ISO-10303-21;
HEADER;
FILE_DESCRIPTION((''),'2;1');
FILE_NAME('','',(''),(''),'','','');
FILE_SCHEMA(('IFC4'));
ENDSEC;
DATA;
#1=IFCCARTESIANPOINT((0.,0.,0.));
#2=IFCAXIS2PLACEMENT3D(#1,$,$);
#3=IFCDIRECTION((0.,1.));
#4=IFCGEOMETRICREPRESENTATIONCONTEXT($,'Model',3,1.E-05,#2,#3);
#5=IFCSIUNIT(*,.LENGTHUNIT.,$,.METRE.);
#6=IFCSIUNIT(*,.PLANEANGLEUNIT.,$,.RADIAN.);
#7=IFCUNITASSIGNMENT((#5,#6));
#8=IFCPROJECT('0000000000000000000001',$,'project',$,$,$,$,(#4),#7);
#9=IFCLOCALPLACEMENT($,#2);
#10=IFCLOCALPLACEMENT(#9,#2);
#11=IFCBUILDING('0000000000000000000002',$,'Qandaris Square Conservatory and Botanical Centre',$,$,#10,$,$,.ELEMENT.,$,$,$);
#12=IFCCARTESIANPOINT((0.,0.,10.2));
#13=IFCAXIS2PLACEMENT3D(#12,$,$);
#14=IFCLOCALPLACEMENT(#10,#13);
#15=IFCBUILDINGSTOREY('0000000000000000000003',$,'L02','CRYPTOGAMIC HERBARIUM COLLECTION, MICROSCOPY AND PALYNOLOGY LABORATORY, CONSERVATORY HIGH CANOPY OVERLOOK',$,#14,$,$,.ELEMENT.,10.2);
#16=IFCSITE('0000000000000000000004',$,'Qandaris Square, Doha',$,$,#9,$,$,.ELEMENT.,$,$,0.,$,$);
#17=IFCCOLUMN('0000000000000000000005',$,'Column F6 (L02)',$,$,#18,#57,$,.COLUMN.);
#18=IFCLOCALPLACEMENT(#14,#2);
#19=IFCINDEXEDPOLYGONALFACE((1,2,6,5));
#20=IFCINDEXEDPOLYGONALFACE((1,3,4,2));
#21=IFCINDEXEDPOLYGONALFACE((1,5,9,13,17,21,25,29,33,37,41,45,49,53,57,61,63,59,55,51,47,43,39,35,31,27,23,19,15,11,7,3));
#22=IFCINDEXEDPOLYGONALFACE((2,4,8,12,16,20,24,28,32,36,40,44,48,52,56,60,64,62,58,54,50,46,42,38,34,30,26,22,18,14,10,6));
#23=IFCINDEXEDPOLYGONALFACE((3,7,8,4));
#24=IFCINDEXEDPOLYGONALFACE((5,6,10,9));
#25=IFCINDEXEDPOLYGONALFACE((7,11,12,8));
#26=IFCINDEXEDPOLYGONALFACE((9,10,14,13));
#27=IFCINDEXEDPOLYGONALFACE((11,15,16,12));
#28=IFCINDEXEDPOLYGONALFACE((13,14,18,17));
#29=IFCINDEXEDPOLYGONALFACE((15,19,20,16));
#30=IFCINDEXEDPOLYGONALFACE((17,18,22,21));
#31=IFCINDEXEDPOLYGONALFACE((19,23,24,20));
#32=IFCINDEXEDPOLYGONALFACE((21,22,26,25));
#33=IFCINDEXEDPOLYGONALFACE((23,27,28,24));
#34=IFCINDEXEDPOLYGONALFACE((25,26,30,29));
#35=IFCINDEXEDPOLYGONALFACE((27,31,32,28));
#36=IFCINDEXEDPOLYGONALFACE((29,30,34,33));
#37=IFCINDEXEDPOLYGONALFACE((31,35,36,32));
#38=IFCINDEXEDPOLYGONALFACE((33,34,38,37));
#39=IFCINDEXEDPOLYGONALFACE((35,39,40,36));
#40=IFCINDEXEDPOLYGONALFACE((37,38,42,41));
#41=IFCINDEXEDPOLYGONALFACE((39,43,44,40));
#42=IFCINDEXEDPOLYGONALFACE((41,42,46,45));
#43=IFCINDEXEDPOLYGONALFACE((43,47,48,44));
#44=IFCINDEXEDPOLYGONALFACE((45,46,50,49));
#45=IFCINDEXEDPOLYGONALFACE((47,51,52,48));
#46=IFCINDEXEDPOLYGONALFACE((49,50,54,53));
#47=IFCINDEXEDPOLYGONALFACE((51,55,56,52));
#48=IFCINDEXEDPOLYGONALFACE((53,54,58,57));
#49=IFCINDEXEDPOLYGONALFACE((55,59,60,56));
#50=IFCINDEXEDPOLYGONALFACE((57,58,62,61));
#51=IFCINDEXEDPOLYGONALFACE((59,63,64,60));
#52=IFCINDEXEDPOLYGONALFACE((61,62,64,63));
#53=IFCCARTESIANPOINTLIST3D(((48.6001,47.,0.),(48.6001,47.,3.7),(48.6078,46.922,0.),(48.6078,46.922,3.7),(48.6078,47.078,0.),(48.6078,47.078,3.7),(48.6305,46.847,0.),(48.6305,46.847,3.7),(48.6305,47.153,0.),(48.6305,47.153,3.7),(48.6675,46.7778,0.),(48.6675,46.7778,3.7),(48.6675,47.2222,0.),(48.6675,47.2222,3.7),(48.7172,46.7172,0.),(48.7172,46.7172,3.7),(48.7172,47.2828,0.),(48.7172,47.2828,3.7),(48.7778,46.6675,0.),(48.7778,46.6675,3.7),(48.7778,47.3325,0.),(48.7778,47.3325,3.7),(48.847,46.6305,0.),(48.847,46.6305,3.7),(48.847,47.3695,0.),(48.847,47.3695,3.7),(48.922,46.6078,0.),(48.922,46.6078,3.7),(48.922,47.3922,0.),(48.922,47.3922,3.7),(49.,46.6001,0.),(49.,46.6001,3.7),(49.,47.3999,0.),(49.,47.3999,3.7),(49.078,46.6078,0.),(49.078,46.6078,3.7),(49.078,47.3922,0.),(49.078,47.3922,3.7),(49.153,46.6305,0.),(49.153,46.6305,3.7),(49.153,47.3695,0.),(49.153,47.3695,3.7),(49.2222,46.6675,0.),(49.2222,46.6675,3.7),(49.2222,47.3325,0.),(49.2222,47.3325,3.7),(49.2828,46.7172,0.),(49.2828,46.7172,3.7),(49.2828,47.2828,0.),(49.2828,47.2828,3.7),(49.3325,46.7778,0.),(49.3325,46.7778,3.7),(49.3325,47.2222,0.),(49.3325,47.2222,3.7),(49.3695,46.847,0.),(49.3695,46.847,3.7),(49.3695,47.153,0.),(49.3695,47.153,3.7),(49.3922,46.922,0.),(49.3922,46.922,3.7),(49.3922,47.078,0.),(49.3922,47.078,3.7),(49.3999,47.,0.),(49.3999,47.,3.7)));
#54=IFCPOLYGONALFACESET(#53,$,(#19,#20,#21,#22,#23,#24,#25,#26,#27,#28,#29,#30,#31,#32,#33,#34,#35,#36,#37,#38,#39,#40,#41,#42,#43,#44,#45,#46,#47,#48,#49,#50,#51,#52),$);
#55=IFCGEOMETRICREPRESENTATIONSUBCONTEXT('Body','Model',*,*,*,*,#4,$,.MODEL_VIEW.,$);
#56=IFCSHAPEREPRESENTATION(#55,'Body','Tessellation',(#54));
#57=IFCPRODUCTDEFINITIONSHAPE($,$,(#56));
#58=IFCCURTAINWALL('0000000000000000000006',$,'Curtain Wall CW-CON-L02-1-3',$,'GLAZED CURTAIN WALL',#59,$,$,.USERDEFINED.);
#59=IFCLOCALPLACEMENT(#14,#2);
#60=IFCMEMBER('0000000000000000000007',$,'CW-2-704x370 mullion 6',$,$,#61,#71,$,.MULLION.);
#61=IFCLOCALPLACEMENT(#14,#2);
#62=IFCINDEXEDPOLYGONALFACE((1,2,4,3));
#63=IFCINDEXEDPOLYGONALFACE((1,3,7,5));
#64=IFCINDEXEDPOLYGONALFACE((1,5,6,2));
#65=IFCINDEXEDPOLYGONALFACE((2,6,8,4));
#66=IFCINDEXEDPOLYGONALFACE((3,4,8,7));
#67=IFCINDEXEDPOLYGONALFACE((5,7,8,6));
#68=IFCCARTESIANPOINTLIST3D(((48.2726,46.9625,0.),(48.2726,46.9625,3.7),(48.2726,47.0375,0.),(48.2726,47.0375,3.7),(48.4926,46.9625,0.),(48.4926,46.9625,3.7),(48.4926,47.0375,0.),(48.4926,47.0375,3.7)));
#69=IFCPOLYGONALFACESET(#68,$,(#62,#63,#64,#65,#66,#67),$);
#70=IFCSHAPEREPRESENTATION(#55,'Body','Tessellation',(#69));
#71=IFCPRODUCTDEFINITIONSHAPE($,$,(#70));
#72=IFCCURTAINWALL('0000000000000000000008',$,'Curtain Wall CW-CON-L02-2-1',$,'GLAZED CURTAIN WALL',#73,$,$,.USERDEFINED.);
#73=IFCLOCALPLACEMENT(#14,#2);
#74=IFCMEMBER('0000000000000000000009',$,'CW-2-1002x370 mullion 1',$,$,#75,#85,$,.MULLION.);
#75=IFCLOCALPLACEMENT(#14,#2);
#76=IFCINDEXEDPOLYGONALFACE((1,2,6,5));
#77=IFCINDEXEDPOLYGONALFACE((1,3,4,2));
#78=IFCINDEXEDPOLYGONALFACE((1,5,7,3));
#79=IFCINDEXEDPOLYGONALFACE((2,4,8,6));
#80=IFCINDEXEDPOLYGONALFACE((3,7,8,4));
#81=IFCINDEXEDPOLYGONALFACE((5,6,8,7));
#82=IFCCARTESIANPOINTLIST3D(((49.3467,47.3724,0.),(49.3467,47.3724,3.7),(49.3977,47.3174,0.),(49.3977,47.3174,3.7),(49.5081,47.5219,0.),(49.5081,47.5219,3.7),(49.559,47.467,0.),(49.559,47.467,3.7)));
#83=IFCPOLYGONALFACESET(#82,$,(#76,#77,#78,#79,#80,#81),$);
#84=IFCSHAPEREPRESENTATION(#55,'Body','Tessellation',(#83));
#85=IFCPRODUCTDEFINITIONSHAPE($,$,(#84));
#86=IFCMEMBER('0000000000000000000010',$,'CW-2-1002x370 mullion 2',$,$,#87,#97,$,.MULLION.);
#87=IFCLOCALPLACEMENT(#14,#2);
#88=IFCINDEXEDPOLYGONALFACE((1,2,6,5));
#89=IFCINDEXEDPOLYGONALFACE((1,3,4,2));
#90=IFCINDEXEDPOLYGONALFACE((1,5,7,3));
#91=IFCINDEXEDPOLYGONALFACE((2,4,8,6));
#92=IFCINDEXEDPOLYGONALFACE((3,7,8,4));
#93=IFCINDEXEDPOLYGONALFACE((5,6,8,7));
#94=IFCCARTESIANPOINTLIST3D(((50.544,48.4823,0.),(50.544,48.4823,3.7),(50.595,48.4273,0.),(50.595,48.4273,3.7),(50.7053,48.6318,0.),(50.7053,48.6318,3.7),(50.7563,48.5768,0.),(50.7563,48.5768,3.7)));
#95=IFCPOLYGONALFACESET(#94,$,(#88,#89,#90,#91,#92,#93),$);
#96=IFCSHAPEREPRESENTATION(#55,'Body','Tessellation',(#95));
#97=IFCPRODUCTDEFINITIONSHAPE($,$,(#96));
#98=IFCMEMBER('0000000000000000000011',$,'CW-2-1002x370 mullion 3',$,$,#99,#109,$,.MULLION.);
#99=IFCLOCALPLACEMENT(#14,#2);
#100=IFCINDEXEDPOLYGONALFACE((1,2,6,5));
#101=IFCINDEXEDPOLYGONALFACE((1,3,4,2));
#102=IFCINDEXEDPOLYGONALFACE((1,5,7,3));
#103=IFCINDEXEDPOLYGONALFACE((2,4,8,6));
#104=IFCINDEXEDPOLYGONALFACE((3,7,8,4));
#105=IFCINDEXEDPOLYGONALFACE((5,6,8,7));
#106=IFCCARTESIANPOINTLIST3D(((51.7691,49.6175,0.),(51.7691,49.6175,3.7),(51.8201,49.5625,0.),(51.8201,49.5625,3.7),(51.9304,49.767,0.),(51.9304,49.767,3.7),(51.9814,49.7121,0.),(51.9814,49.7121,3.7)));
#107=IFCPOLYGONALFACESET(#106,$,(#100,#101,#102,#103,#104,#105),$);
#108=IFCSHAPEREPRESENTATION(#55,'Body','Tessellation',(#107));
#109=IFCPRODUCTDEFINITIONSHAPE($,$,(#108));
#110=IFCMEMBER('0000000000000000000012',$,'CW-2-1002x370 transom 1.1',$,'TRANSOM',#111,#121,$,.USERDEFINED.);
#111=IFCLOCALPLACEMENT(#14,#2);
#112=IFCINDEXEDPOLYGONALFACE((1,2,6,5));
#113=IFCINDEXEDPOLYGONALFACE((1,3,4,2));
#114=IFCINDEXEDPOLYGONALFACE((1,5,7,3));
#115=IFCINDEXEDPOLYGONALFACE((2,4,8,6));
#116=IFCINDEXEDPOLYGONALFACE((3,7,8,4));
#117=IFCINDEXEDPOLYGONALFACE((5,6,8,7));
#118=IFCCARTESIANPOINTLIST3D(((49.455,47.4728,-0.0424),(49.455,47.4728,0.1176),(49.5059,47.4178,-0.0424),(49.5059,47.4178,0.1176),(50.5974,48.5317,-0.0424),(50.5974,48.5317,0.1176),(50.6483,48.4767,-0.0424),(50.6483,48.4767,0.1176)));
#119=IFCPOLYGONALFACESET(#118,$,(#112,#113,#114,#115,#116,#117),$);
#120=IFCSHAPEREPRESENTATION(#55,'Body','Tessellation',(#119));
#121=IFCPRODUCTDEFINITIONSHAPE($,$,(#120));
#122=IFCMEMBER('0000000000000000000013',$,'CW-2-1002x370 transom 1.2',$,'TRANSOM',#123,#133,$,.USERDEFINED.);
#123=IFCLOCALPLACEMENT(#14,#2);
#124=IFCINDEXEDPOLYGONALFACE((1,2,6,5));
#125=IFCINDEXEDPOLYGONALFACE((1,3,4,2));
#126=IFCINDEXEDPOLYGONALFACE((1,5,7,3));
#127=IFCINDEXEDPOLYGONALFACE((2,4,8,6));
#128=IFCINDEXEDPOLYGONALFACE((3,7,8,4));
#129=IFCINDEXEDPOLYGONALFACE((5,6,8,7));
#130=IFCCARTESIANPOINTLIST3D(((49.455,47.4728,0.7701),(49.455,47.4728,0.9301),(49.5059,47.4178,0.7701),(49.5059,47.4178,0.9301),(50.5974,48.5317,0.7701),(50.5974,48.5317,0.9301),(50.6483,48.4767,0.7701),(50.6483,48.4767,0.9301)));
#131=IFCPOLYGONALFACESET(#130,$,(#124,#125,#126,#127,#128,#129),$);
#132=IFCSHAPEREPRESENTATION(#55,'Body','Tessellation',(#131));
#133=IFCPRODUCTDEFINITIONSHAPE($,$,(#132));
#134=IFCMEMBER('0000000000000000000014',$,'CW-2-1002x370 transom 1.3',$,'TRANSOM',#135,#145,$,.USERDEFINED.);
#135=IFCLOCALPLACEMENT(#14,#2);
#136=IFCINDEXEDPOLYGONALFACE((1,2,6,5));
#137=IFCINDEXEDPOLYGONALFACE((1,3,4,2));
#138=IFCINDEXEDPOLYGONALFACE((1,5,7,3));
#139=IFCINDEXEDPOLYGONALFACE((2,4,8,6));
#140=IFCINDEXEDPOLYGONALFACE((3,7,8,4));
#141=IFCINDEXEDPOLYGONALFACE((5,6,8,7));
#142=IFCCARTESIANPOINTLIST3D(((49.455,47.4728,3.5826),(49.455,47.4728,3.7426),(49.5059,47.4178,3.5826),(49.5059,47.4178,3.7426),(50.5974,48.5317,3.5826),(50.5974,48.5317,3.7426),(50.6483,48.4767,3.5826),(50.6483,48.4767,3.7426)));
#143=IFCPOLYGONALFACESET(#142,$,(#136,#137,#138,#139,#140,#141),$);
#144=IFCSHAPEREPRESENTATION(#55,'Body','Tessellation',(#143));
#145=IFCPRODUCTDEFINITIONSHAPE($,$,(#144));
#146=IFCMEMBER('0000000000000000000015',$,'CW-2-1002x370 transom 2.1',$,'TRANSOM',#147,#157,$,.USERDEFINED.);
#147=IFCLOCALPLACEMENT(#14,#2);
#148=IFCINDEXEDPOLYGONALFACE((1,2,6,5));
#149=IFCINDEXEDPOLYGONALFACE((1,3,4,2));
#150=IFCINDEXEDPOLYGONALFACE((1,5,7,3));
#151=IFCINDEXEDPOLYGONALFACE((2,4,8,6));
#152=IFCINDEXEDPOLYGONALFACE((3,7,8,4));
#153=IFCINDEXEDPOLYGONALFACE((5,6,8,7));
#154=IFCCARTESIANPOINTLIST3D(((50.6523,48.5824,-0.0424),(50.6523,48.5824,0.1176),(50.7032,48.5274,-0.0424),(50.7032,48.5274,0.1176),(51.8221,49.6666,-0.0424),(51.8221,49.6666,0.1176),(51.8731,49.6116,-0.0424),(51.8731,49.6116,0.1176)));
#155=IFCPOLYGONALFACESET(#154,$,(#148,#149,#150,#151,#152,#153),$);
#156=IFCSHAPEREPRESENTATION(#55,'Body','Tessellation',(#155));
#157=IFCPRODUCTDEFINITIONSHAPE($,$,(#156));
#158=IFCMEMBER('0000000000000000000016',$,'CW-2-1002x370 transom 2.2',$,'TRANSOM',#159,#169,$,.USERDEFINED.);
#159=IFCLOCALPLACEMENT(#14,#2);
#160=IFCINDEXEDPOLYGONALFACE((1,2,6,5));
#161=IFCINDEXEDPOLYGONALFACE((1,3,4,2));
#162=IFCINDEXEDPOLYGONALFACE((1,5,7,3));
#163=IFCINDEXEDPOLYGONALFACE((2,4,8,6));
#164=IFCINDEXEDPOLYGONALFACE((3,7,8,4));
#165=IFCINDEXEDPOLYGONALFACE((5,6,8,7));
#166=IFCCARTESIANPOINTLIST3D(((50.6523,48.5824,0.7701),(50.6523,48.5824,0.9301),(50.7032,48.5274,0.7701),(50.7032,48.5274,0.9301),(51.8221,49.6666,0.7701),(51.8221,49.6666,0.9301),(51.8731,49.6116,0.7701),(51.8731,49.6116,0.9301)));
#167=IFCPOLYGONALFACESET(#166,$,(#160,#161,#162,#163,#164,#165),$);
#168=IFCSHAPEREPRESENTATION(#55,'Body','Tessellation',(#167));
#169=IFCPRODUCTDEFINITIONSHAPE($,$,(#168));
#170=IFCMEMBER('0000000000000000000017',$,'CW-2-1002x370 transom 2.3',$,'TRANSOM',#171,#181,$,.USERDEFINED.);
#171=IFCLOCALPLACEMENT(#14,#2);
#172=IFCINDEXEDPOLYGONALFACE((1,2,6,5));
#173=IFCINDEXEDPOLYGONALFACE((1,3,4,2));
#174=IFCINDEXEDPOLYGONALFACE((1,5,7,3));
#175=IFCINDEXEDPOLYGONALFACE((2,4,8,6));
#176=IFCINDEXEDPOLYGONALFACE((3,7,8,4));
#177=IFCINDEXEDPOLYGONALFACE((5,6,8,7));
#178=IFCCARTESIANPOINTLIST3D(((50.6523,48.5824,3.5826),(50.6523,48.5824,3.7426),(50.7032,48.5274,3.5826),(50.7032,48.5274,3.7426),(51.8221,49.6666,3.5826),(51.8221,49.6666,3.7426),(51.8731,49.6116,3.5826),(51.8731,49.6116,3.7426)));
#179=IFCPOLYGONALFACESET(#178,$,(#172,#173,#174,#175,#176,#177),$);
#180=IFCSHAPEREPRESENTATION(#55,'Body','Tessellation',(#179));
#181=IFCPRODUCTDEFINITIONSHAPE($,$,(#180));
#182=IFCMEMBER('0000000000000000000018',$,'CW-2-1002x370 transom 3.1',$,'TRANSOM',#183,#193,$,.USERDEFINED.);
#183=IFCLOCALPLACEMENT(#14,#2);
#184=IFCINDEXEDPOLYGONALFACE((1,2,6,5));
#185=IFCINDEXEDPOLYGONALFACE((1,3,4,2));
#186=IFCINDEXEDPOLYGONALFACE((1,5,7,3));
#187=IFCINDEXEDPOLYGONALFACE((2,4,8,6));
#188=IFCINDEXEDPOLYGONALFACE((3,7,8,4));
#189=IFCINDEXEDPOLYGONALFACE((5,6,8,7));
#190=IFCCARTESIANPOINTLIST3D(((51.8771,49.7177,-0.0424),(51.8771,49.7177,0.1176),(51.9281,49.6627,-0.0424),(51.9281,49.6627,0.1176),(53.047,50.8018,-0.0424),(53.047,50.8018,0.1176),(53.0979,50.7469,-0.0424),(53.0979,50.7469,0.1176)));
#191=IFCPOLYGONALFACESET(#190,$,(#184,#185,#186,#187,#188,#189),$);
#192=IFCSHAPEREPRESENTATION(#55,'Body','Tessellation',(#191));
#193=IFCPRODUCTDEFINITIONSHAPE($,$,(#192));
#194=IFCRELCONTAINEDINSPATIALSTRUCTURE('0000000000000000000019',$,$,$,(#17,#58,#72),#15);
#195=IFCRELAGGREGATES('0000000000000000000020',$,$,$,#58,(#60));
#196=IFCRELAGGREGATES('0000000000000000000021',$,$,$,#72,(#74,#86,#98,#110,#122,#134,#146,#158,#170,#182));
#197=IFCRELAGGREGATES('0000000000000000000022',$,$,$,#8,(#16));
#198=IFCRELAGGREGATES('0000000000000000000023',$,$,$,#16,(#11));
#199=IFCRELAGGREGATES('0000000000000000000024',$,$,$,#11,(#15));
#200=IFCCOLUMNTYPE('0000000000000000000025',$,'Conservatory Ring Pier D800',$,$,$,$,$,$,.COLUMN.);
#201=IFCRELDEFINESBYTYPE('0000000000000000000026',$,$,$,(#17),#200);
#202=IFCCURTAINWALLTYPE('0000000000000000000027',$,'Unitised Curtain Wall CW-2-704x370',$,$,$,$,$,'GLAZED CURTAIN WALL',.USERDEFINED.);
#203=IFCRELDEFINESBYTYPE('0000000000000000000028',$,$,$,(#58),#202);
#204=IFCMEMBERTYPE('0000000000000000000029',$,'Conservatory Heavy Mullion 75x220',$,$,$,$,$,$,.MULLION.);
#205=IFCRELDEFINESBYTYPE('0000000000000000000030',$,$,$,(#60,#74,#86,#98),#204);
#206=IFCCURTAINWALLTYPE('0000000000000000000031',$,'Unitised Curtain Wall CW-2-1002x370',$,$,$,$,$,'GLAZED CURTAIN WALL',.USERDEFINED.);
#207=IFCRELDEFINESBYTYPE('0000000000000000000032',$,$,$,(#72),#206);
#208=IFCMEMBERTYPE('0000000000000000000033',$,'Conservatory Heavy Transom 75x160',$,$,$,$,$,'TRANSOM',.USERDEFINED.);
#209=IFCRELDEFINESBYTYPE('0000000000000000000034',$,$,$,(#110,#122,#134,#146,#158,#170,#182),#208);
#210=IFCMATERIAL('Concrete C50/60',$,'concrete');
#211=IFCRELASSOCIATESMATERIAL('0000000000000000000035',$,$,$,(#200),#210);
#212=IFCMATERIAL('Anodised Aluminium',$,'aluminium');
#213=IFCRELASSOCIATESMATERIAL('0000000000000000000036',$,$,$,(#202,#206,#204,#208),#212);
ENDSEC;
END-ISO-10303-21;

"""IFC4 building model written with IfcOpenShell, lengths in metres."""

from ifc_helpers import new_model, si_unit, direction, frame, origin, origin_2d, place, context, subcontext, project, spatial, rectangle, circle, extrude, material, material_profile, profile_set, type_object, element, aggregate, save


model = new_model("IFC4")

# Units and contexts
model_context = context("Model", 3, precision=1e-05, world=origin(), true_north=direction((0.0, 1.0)))
body_context = subcontext(model_context, "Body", "Model", "MODEL_VIEW")
ifc_project = project(units=[si_unit("LENGTHUNIT", "METRE"), si_unit("PLANEANGLEUNIT", "RADIAN")], contexts=[model_context])

# Site, building, storey
site_placement = place(None, origin())
site = spatial("IfcSite", under=ifc_project, at=site_placement, Name="Qandaris Square, Doha", CompositionType="ELEMENT", RefElevation=0.0)
building_placement = place(site_placement, origin())
building = spatial("IfcBuilding", under=site, at=building_placement, Name="Qandaris Square Conservatory and Botanical Centre", CompositionType="ELEMENT")
storey_placement = place(building_placement, frame((0.0, 0.0, 10.2)))
storey = spatial("IfcBuildingStorey", under=building, at=storey_placement, Name="L02", Description="CRYPTOGAMIC HERBARIUM COLLECTION, MICROSCOPY AND PALYNOLOGY LABORATORY, CONSERVATORY HIGH CANOPY OVERLOOK", CompositionType="ELEMENT", Elevation=10.2)

# Column
ifc_material_1 = material(Name="Concrete C50/60", Category="concrete")
ifc_material_profile_1 = material_profile(ifc_material_1, circle(Radius=0.3999, at=origin_2d()), Name="RC-COL D800")
ifc_profile_set_1 = profile_set([ifc_material_profile_1], Name="Concrete C50/60")
column_type = type_object("IfcColumnType", Name="Conservatory Ring Pier D800", PredefinedType="COLUMN", material=ifc_profile_set_1)
column_placement = place(storey_placement, frame((49.0, 47.0, 0.0), z_axis=(0.0, 0.0, 1.0), x_axis=(1.0, 0.0, 0.0)))
element("IfcColumn", 1, at=column_placement, inside=storey, type_object=column_type, Name="Column F6 (L02)", PredefinedType="COLUMN", context=body_context, shape_type="SweptSolid", body=[
    extrude(circle(Radius=0.3999, at=origin_2d()), origin(), (0.0, 0.0, 1.0), 3.7),
])

# Curtain wall, member
ifc_material_2 = material(Name="Anodised Aluminium", Category="aluminium")
curtain_wall_type_1 = type_object("IfcCurtainWallType", Name="Unitised Curtain Wall CW-2-704x370", ElementType="GLAZED CURTAIN WALL", PredefinedType="USERDEFINED", material=ifc_material_2)
curtain_wall_1_placement = place(storey_placement, origin())
curtain_wall_1 = element("IfcCurtainWall", 2, at=curtain_wall_1_placement, inside=storey, type_object=curtain_wall_type_1, Name="Curtain Wall CW-CON-L02-1-3", ObjectType="GLAZED CURTAIN WALL", PredefinedType="USERDEFINED")
ifc_material_profile_2 = material_profile(ifc_material_2, rectangle(XDim=0.075, YDim=0.22, at=origin_2d()), Name="ALU-MUL 75x220")
ifc_profile_set_2 = profile_set([ifc_material_profile_2], Name="Anodised Aluminium")
member_type_1 = type_object("IfcMemberType", Name="Conservatory Heavy Mullion 75x220", PredefinedType="MULLION", material=ifc_profile_set_2)
member_1_placement = place(storey_placement, frame((48.3826, 47.0, 0.0), z_axis=(0.0, 0.0, 1.0), x_axis=(0.0, 1.0, 0.0)))
member_1 = element("IfcMember", 3, at=member_1_placement, type_object=member_type_1, Name="CW-2-704x370 mullion 6", PredefinedType="MULLION", context=body_context, shape_type="SweptSolid", body=[
    extrude(rectangle(XDim=0.075, YDim=0.22, at=origin_2d()), origin(), (0.0, 0.0, 1.0), 3.7),
])

# Curtain wall, members
curtain_wall_type_2 = type_object("IfcCurtainWallType", Name="Unitised Curtain Wall CW-2-1002x370", ElementType="GLAZED CURTAIN WALL", PredefinedType="USERDEFINED", material=ifc_material_2)
curtain_wall_2_placement = place(storey_placement, origin())
curtain_wall_2 = element("IfcCurtainWall", 4, at=curtain_wall_2_placement, inside=storey, type_object=curtain_wall_type_2, Name="Curtain Wall CW-CON-L02-2-1", ObjectType="GLAZED CURTAIN WALL", PredefinedType="USERDEFINED")
member_2_placement = place(storey_placement, frame((49.4529, 47.4197, 0.0), z_axis=(0.0, 0.0, 1.0), x_axis=(-0.679762, 0.733433, 0.0)))
member_2 = element("IfcMember", 5, at=member_2_placement, type_object=member_type_1, Name="CW-2-1002x370 mullion 1", PredefinedType="MULLION", context=body_context, shape_type="SweptSolid", body=[
    extrude(rectangle(XDim=0.075, YDim=0.22, at=origin_2d()), origin(), (0.0, 0.0, 1.0), 3.7),
])
member_3_placement = place(storey_placement, frame((50.6501, 48.5295, 0.0), z_axis=(0.0, 0.0, 1.0), x_axis=(-0.679762, 0.733433, 0.0)))
member_3 = element("IfcMember", 6, at=member_3_placement, type_object=member_type_1, Name="CW-2-1002x370 mullion 2", PredefinedType="MULLION", context=body_context, shape_type="SweptSolid", body=[
    extrude(rectangle(XDim=0.075, YDim=0.22, at=origin_2d()), origin(), (0.0, 0.0, 1.0), 3.7),
])
member_4_placement = place(storey_placement, frame((51.8752, 49.6648, 0.0), z_axis=(0.0, 0.0, 1.0), x_axis=(-0.679762, 0.733433, 0.0)))
member_4 = element("IfcMember", 7, at=member_4_placement, type_object=member_type_1, Name="CW-2-1002x370 mullion 3", PredefinedType="MULLION", context=body_context, shape_type="SweptSolid", body=[
    extrude(rectangle(XDim=0.075, YDim=0.22, at=origin_2d()), origin(), (0.0, 0.0, 1.0), 3.7),
])
ifc_material_profile_3 = material_profile(ifc_material_2, rectangle(XDim=0.075, YDim=0.1599, at=origin_2d()), Name="ALU-TRN 75x160")
ifc_profile_set_3 = profile_set([ifc_material_profile_3], Name="Anodised Aluminium")
member_type_2 = type_object("IfcMemberType", Name="Conservatory Heavy Transom 75x160", ElementType="TRANSOM", PredefinedType="USERDEFINED", material=ifc_profile_set_3)
member_5_placement = place(storey_placement, frame((49.4805, 47.4453, 0.0376), z_axis=(0.733402, 0.679796, 0.0), x_axis=(-0.679796, 0.733402, 0.0)))
member_5 = element("IfcMember", 8, at=member_5_placement, type_object=member_type_2, Name="CW-2-1002x370 transom 1.1", ObjectType="TRANSOM", PredefinedType="USERDEFINED", context=body_context, shape_type="SweptSolid", body=[
    extrude(rectangle(XDim=0.075, YDim=0.1599, at=origin_2d()), origin(), (0.0, 0.0, 1.0), 1.5576),
])
member_6_placement = place(storey_placement, frame((49.4805, 47.4453, 0.8501), z_axis=(0.733402, 0.679796, 0.0), x_axis=(-0.679796, 0.733402, 0.0)))
member_6 = element("IfcMember", 9, at=member_6_placement, type_object=member_type_2, Name="CW-2-1002x370 transom 1.2", ObjectType="TRANSOM", PredefinedType="USERDEFINED", context=body_context, shape_type="SweptSolid", body=[
    extrude(rectangle(XDim=0.075, YDim=0.1599, at=origin_2d()), origin(), (0.0, 0.0, 1.0), 1.5576),
])
member_7_placement = place(storey_placement, frame((49.4805, 47.4453, 3.6626), z_axis=(0.733402, 0.679796, 0.0), x_axis=(-0.679796, 0.733402, 0.0)))
member_7 = element("IfcMember", 10, at=member_7_placement, type_object=member_type_2, Name="CW-2-1002x370 transom 1.3", ObjectType="TRANSOM", PredefinedType="USERDEFINED", context=body_context, shape_type="SweptSolid", body=[
    extrude(rectangle(XDim=0.075, YDim=0.1599, at=origin_2d()), origin(), (0.0, 0.0, 1.0), 1.5576),
])
member_8_placement = place(storey_placement, frame((50.6777, 48.5549, 0.0376), z_axis=(0.733458, 0.679735, 0.0), x_axis=(-0.679735, 0.733458, 0.0)))
member_8 = element("IfcMember", 11, at=member_8_placement, type_object=member_type_2, Name="CW-2-1002x370 transom 2.1", ObjectType="TRANSOM", PredefinedType="USERDEFINED", context=body_context, shape_type="SweptSolid", body=[
    extrude(rectangle(XDim=0.075, YDim=0.1599, at=origin_2d()), origin(), (0.0, 0.0, 1.0), 1.595),
])
member_9_placement = place(storey_placement, frame((50.6777, 48.5549, 0.8501), z_axis=(0.733458, 0.679735, 0.0), x_axis=(-0.679735, 0.733458, 0.0)))
member_9 = element("IfcMember", 12, at=member_9_placement, type_object=member_type_2, Name="CW-2-1002x370 transom 2.2", ObjectType="TRANSOM", PredefinedType="USERDEFINED", context=body_context, shape_type="SweptSolid", body=[
    extrude(rectangle(XDim=0.075, YDim=0.1599, at=origin_2d()), origin(), (0.0, 0.0, 1.0), 1.595),
])
member_10_placement = place(storey_placement, frame((50.6777, 48.5549, 3.6626), z_axis=(0.733458, 0.679735, 0.0), x_axis=(-0.679735, 0.733458, 0.0)))
member_10 = element("IfcMember", 13, at=member_10_placement, type_object=member_type_2, Name="CW-2-1002x370 transom 2.3", ObjectType="TRANSOM", PredefinedType="USERDEFINED", context=body_context, shape_type="SweptSolid", body=[
    extrude(rectangle(XDim=0.075, YDim=0.1599, at=origin_2d()), origin(), (0.0, 0.0, 1.0), 1.595),
])
member_11_placement = place(storey_placement, frame((51.9026, 49.6902, 0.0376), z_axis=(0.733458, 0.679735, 0.0), x_axis=(-0.679735, 0.733458, 0.0)))
member_11 = element("IfcMember", 14, at=member_11_placement, type_object=member_type_2, Name="CW-2-1002x370 transom 3.1", ObjectType="TRANSOM", PredefinedType="USERDEFINED", context=body_context, shape_type="SweptSolid", body=[
    extrude(rectangle(XDim=0.075, YDim=0.1599, at=origin_2d()), origin(), (0.0, 0.0, 1.0), 1.595),
])

aggregate(curtain_wall_1, [member_1])
aggregate(curtain_wall_2, [member_2, member_3, member_4, member_5, member_6, member_7, member_8, member_9, member_10, member_11])

save(model, "model.ifc")
